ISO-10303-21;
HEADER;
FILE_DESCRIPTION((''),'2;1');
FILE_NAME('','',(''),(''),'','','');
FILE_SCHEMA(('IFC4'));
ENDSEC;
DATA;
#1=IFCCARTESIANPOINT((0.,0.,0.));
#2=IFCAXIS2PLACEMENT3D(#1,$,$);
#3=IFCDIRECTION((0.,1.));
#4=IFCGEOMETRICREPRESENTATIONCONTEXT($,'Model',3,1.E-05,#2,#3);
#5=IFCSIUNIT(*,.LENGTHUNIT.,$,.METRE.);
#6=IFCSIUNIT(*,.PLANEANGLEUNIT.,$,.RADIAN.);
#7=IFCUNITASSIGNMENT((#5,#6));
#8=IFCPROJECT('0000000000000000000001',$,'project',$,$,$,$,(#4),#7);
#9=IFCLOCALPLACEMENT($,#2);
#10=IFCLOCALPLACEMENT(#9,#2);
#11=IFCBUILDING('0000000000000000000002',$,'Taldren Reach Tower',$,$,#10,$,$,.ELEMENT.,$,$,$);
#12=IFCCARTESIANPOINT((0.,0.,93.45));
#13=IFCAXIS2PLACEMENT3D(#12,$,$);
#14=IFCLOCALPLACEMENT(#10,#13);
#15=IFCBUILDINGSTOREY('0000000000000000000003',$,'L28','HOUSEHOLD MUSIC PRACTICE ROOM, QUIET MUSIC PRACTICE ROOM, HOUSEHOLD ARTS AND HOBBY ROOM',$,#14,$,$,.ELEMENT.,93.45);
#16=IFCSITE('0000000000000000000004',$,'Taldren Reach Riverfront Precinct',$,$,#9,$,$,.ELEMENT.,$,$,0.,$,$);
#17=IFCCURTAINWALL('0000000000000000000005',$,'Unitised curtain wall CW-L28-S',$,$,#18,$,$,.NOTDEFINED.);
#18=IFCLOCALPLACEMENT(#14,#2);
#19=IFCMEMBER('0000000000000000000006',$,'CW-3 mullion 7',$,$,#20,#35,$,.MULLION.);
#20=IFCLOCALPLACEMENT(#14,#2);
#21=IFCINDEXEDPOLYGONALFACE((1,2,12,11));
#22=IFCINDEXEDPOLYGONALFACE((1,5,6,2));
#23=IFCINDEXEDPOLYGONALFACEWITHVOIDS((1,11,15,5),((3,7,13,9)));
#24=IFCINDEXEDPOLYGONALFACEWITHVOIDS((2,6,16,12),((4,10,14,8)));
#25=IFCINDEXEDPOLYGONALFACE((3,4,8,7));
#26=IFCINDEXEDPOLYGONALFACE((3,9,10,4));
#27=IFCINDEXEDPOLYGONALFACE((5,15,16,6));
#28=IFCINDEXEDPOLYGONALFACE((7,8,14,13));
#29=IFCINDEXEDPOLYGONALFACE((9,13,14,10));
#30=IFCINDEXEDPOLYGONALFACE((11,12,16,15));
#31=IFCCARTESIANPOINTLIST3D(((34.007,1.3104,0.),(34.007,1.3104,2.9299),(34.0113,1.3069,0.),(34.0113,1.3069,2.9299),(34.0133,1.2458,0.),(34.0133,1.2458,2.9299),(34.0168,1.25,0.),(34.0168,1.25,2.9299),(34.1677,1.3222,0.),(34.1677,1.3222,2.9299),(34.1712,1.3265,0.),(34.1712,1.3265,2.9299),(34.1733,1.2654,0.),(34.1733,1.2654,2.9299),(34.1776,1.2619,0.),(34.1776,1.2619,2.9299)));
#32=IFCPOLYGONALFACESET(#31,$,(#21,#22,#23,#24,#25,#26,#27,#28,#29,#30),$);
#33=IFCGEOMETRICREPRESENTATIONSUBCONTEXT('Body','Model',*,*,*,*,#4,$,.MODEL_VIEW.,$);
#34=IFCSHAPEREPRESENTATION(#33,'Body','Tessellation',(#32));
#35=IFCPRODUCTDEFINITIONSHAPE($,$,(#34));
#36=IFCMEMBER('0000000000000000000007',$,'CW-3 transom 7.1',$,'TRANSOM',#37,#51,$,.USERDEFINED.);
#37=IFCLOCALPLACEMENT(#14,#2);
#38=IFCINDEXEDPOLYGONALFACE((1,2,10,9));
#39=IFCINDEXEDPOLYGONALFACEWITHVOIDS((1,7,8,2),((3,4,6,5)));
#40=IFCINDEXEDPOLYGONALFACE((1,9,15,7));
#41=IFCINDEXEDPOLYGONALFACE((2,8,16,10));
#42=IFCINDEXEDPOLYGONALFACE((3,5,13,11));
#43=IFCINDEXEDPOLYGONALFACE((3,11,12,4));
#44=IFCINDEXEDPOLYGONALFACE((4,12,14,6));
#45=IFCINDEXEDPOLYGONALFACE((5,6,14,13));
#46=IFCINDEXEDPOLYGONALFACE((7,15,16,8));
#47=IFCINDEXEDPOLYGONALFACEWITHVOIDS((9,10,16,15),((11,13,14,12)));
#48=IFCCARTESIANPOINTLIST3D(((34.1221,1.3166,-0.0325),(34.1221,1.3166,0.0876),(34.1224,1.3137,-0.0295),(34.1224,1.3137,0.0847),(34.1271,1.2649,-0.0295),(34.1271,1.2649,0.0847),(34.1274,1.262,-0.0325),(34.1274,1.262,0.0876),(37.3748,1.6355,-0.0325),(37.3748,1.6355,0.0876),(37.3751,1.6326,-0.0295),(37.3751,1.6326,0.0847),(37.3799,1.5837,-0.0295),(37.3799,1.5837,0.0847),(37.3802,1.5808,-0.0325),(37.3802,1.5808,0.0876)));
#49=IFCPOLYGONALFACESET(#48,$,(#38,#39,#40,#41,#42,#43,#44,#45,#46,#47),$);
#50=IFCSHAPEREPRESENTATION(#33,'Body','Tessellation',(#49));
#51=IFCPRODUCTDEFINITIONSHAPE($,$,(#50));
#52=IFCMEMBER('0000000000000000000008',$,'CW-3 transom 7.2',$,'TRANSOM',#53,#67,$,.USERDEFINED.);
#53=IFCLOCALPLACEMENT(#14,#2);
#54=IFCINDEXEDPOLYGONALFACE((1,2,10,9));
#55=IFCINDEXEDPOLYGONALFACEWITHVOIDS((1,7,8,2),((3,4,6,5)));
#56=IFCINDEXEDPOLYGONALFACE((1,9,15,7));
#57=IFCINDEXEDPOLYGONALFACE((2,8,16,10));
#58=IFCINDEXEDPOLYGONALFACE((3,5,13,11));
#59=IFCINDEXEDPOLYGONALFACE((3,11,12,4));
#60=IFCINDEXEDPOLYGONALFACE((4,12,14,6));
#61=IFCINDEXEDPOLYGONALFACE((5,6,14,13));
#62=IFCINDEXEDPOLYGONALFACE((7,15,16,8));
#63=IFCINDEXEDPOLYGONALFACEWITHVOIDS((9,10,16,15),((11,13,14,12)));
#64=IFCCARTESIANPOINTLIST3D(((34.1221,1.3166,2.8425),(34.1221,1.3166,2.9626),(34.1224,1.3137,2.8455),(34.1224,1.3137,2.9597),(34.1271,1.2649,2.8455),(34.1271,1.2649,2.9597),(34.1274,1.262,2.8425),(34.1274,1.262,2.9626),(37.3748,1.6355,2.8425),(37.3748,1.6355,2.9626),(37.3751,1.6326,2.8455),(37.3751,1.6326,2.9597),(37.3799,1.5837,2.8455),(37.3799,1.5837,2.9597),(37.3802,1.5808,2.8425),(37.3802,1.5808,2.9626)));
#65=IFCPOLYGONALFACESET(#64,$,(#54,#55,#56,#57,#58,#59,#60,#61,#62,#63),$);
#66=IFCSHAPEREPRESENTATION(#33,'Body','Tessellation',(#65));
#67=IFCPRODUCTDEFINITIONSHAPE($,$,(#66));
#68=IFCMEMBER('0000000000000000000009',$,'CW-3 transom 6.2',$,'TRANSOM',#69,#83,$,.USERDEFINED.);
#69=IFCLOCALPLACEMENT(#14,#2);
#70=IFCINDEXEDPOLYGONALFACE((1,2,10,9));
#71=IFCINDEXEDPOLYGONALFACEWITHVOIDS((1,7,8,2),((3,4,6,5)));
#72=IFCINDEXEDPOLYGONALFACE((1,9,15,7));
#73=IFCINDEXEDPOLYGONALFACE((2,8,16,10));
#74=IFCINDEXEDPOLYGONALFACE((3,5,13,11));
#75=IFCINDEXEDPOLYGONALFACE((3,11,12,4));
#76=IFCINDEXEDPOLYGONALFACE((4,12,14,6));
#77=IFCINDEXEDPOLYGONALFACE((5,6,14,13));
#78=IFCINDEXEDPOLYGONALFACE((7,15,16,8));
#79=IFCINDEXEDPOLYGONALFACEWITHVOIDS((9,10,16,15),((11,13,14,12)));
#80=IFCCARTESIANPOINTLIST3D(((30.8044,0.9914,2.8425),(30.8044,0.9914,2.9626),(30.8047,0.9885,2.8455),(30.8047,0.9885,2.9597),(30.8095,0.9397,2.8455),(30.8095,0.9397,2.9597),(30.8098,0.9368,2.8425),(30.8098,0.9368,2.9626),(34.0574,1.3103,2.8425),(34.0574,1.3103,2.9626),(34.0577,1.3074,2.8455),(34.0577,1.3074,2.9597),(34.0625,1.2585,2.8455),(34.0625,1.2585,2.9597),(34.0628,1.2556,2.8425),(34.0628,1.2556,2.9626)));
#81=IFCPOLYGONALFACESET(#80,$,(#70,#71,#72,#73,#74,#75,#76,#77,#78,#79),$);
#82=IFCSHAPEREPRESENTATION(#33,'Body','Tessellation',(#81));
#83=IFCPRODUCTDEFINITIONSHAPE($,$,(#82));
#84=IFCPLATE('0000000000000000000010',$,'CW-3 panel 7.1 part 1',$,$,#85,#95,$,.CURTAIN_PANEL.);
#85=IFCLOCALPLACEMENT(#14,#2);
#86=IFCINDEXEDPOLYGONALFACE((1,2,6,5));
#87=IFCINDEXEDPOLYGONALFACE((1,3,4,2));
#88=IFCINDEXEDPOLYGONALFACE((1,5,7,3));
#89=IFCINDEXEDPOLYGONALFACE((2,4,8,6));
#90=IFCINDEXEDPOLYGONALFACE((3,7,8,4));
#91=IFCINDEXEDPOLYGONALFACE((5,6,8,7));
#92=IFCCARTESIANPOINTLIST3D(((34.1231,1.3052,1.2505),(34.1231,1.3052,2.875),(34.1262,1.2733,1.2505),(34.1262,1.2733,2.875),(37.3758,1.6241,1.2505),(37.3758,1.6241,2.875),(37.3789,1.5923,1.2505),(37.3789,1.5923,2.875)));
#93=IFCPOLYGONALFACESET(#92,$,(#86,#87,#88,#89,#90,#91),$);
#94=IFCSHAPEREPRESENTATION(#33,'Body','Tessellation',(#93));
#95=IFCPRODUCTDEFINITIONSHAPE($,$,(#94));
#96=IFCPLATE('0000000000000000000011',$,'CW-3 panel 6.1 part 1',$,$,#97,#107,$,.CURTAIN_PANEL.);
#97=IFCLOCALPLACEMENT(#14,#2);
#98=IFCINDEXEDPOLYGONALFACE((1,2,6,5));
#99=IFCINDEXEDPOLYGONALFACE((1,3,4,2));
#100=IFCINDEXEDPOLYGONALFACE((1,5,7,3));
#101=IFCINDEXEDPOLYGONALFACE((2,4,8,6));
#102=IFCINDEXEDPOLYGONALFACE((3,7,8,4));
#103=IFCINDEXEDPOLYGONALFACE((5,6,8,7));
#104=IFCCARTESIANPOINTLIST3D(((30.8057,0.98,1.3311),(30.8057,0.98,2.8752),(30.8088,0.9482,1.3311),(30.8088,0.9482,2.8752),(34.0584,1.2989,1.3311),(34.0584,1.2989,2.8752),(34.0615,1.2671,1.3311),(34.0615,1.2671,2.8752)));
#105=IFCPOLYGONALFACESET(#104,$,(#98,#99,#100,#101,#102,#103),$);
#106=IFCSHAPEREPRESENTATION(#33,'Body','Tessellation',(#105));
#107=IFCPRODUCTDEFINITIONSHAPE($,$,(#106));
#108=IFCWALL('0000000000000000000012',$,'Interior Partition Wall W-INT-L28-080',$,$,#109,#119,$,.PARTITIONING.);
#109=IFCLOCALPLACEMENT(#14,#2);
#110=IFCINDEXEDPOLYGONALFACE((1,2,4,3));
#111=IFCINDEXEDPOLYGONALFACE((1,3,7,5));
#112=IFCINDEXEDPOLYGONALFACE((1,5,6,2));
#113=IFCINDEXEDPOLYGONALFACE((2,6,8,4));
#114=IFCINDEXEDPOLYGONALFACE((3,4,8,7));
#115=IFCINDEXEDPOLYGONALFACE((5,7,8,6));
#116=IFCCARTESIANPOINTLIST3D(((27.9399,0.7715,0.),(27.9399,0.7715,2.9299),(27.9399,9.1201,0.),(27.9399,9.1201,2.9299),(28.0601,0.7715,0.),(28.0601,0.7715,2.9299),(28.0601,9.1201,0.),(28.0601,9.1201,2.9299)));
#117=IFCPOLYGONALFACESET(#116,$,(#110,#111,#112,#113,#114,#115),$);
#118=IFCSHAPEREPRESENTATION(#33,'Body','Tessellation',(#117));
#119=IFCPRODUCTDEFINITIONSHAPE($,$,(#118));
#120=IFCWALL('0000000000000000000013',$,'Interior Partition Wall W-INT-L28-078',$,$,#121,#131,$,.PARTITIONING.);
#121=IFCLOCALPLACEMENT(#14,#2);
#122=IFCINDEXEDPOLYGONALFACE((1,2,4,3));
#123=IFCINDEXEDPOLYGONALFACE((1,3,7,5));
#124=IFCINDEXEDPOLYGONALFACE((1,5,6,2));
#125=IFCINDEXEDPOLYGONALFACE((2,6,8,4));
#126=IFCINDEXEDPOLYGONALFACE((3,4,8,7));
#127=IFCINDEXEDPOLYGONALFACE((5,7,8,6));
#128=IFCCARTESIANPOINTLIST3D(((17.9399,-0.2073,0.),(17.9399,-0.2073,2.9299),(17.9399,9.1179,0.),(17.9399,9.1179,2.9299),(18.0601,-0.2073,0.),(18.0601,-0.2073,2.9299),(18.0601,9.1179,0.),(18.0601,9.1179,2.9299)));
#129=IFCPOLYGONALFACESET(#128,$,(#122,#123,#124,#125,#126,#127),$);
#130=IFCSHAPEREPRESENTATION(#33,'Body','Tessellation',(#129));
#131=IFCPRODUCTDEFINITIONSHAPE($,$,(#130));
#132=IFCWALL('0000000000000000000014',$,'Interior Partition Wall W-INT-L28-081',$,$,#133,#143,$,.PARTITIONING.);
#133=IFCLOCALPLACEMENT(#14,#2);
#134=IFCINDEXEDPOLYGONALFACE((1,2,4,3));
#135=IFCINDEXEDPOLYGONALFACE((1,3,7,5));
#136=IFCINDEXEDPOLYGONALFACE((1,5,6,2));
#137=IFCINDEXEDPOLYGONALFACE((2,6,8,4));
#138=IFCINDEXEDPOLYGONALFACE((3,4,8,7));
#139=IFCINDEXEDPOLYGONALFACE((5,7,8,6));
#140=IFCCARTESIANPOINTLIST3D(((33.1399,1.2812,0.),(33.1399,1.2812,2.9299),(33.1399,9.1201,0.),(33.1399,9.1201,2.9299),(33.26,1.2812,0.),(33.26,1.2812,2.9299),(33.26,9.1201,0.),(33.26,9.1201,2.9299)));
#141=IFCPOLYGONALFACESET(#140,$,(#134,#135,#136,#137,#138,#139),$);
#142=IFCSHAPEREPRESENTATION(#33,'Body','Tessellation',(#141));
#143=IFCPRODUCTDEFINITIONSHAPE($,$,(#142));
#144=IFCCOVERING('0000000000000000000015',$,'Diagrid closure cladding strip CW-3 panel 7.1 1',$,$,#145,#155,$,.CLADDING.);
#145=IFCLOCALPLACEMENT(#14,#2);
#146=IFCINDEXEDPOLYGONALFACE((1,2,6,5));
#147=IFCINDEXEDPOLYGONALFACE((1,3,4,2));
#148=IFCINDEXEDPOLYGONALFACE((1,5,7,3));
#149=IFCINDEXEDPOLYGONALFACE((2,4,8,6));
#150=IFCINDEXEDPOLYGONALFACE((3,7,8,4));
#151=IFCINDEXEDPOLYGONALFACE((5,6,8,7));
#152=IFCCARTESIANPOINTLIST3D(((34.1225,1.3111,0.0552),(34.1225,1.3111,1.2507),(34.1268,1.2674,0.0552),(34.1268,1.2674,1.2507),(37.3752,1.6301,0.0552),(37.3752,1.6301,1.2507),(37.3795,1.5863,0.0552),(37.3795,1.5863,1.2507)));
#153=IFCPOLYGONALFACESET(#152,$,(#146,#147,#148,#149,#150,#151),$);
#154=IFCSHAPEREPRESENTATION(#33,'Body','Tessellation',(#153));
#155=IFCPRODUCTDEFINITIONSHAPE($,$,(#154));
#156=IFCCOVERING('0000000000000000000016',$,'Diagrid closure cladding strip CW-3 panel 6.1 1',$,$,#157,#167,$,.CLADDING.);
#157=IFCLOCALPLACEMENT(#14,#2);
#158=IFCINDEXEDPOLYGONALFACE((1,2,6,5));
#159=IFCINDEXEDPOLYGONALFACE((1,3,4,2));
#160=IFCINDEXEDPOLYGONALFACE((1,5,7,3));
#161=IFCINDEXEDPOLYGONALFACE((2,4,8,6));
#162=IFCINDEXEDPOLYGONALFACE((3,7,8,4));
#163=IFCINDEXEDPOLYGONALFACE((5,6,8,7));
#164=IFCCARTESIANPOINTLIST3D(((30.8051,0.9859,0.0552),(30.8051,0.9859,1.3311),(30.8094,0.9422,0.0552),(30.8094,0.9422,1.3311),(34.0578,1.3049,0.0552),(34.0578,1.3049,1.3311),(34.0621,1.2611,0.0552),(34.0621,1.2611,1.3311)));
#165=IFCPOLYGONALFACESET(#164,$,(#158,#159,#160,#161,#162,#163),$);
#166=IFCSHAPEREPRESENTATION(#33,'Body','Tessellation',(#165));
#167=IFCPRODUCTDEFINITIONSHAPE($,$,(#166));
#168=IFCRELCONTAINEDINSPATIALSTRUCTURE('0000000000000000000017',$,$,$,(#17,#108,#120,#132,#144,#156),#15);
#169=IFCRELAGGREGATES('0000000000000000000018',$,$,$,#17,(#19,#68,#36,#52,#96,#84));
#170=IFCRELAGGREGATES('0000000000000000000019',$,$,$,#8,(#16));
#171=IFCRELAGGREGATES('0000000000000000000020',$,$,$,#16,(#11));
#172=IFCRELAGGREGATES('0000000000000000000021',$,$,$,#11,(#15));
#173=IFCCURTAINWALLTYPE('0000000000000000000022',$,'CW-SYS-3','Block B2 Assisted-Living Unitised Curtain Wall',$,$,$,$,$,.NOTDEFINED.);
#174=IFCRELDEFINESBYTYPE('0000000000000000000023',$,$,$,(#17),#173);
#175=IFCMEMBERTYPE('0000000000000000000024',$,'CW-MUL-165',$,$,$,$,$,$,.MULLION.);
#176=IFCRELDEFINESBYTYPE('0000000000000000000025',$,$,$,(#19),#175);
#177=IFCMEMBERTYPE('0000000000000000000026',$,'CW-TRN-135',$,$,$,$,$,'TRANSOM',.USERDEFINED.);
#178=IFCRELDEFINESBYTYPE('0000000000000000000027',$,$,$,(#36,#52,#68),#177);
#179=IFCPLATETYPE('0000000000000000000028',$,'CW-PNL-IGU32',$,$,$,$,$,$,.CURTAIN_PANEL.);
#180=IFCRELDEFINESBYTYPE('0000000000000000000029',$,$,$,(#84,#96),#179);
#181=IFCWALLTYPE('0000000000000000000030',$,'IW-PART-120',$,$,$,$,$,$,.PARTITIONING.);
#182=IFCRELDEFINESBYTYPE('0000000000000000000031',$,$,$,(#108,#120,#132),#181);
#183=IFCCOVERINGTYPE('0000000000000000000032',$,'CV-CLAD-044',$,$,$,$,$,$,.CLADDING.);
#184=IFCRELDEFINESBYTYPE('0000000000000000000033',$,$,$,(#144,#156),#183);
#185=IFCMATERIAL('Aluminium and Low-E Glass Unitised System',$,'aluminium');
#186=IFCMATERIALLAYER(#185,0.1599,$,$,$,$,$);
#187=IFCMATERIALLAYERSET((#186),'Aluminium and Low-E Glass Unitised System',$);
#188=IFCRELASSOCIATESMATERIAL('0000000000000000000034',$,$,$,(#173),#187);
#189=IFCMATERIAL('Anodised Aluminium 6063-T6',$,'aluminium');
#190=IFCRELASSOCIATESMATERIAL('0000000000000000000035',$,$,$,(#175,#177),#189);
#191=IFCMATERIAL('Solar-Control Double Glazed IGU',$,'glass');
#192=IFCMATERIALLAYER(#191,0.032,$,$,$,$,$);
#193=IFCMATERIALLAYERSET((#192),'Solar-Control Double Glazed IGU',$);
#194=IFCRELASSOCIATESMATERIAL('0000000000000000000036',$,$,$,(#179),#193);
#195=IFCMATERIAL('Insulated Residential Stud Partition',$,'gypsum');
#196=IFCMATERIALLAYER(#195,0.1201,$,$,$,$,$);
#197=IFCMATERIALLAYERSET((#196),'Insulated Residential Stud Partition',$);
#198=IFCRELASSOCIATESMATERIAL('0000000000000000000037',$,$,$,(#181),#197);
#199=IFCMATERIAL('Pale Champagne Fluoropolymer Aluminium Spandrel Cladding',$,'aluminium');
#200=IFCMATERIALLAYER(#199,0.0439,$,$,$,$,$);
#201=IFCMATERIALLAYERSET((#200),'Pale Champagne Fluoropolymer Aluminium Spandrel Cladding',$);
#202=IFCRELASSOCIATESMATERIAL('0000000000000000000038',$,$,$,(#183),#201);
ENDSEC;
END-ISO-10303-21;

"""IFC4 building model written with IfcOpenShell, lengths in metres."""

from ifc_helpers import new_model, si_unit, direction, frame, frame_2d, origin, origin_2d, place, context, subcontext, project, spatial, rectangle, hollow_rectangle, extrude, source, transform, mapped, material, layer, layer_set, material_profile, profile_set, type_object, element, aggregate, save


model = new_model("IFC4")

# Units and contexts
model_context = context("Model", 3, precision=1e-05, world=origin(), true_north=direction((0.0, 1.0)))
body_context = subcontext(model_context, "Body", "Model", "MODEL_VIEW")
ifc_project = project(units=[si_unit("LENGTHUNIT", "METRE"), si_unit("PLANEANGLEUNIT", "RADIAN")], contexts=[model_context])

# Site, building, storey
site_placement = place(None, origin())
site = spatial("IfcSite", under=ifc_project, at=site_placement, Name="Taldren Reach Riverfront Precinct", CompositionType="ELEMENT", RefElevation=0.0)
building_placement = place(site_placement, origin())
building = spatial("IfcBuilding", under=site, at=building_placement, Name="Taldren Reach Tower", CompositionType="ELEMENT")
storey_placement = place(building_placement, frame((0.0, 0.0, 93.45)))
storey = spatial("IfcBuildingStorey", under=building, at=storey_placement, Name="L28", Description="HOUSEHOLD MUSIC PRACTICE ROOM, QUIET MUSIC PRACTICE ROOM, HOUSEHOLD ARTS AND HOBBY ROOM", CompositionType="ELEMENT", Elevation=93.45)

# Curtain wall, members, plates
ifc_material_1 = material(Name="Aluminium and Low-E Glass Unitised System", Category="aluminium")
ifc_layer_1 = layer(ifc_material_1, 0.1599)
ifc_layer_set_1 = layer_set([ifc_layer_1], Name="Aluminium and Low-E Glass Unitised System")
curtain_wall_type = type_object("IfcCurtainWallType", Name="CW-SYS-3", Description="Block B2 Assisted-Living Unitised Curtain Wall", PredefinedType="NOTDEFINED", material=ifc_layer_set_1)
curtain_wall_placement = place(storey_placement, origin())
curtain_wall = element("IfcCurtainWall", 1, at=curtain_wall_placement, inside=storey, type_object=curtain_wall_type, Name="Unitised curtain wall CW-L28-S", PredefinedType="NOTDEFINED")
ifc_material_2 = material(Name="Anodised Aluminium 6063-T6", Category="aluminium")
ifc_material_profile_1 = material_profile(ifc_material_2, hollow_rectangle(XDim=0.0649, YDim=0.165, WallThickness=0.0039, at=origin_2d()), Name="ALU-165x65x4RHS")
ifc_profile_set_1 = profile_set([ifc_material_profile_1], Name="Anodised Aluminium 6063-T6")
member_type_1 = type_object("IfcMemberType", Name="CW-MUL-165", PredefinedType="MULLION", material=ifc_profile_set_1)
shared_shape_1 = source(origin(), body_context, "Body", "SweptSolid", [
    extrude(hollow_rectangle(XDim=0.0649, YDim=0.165, WallThickness=0.0039, at=origin_2d()), origin(), (0.0, 0.0, 1.0), 2.9299),
])
member_1_placement = place(storey_placement, frame((34.0923, 1.2861, 0.0), z_axis=(0.0, 0.0, 1.0), x_axis=(-0.097583, 0.995227, 0.0)))
member_1 = element("IfcMember", 2, at=member_1_placement, type_object=member_type_1, Name="CW-3 mullion 7", PredefinedType="MULLION", context=body_context, shape_type="MappedRepresentation", body=[
    mapped(shared_shape_1, transform((0.0, 0.0, 0.0), scale=1.0)),
])
ifc_material_profile_2 = material_profile(ifc_material_2, hollow_rectangle(XDim=0.0549, YDim=0.1201, WallThickness=0.0029, at=origin_2d()), Name="ALU-120x55x3RHS")
ifc_profile_set_2 = profile_set([ifc_material_profile_2], Name="Anodised Aluminium 6063-T6")
member_type_2 = type_object("IfcMemberType", Name="CW-TRN-135", ElementType="TRANSOM", PredefinedType="USERDEFINED", material=ifc_profile_set_2)
shared_shape_2 = source(origin(), body_context, "Body", "SweptSolid", [
    extrude(hollow_rectangle(XDim=0.0549, YDim=0.1201, WallThickness=0.0029, at=origin_2d()), origin(), (0.0, 0.0, 1.0), 3.2683),
])
member_2_placement = place(storey_placement, frame((34.1248, 1.2893, 0.0276), z_axis=(0.99523, 0.097558, 0.0), x_axis=(-0.097558, 0.99523, 0.0)))
member_2 = element("IfcMember", 3, at=member_2_placement, type_object=member_type_2, Name="CW-3 transom 7.1", ObjectType="TRANSOM", PredefinedType="USERDEFINED", context=body_context, shape_type="MappedRepresentation", body=[
    mapped(shared_shape_2, transform((0.0, 0.0, 0.0), scale=1.0)),
])
member_3_placement = place(storey_placement, frame((34.1248, 1.2893, 2.9026), z_axis=(0.99523, 0.097558, 0.0), x_axis=(-0.097558, 0.99523, 0.0)))
member_3 = element("IfcMember", 4, at=member_3_placement, type_object=member_type_2, Name="CW-3 transom 7.2", ObjectType="TRANSOM", PredefinedType="USERDEFINED", context=body_context, shape_type="MappedRepresentation", body=[
    mapped(shared_shape_2, transform((0.0, 0.0, 0.0), scale=1.0)),
])
shared_shape_3 = source(origin(), body_context, "Body", "SweptSolid", [
    extrude(hollow_rectangle(XDim=0.0549, YDim=0.1201, WallThickness=0.0029, at=origin_2d()), origin(), (0.0, 0.0, 1.0), 3.2686),
])
member_4_placement = place(storey_placement, frame((30.8071, 0.9641, 2.9026), z_axis=(0.995231, 0.097551, 0.0), x_axis=(-0.097551, 0.995231, 0.0)))
member_4 = element("IfcMember", 5, at=member_4_placement, type_object=member_type_2, Name="CW-3 transom 6.2", ObjectType="TRANSOM", PredefinedType="USERDEFINED", context=body_context, shape_type="MappedRepresentation", body=[
    mapped(shared_shape_3, transform((0.0, 0.0, 0.0), scale=1.0)),
])
ifc_material_3 = material(Name="Solar-Control Double Glazed IGU", Category="glass")
ifc_layer_2 = layer(ifc_material_3, 0.032)
ifc_layer_set_2 = layer_set([ifc_layer_2], Name="Solar-Control Double Glazed IGU")
plate_type = type_object("IfcPlateType", Name="CW-PNL-IGU32", PredefinedType="CURTAIN_PANEL", material=ifc_layer_set_2)
shared_shape_4 = source(origin(), body_context, "Body", "SweptSolid", [
    extrude(rectangle(XDim=3.2683, YDim=0.032, at=origin_2d()), origin(), (0.0, 0.0, 1.0), 1.6245),
])
plate_1_placement = place(storey_placement, frame((35.751, 1.4487, 1.2505), z_axis=(0.0, 0.0, 1.0), x_axis=(0.995227, 0.097583, 0.0)))
plate_1 = element("IfcPlate", 6, at=plate_1_placement, type_object=plate_type, Name="CW-3 panel 7.1 part 1", PredefinedType="CURTAIN_PANEL", context=body_context, shape_type="MappedRepresentation", body=[
    mapped(shared_shape_4, transform((0.0, 0.0, 0.0), scale=1.0)),
])
shared_shape_5 = source(origin(), body_context, "Body", "SweptSolid", [
    extrude(rectangle(XDim=3.2683, YDim=0.032, at=origin_2d()), origin(), (0.0, 0.0, 1.0), 1.5442),
])
plate_2_placement = place(storey_placement, frame((32.4336, 1.1235, 1.3311), z_axis=(0.0, 0.0, 1.0), x_axis=(0.995227, 0.097583, 0.0)))
plate_2 = element("IfcPlate", 7, at=plate_2_placement, type_object=plate_type, Name="CW-3 panel 6.1 part 1", PredefinedType="CURTAIN_PANEL", context=body_context, shape_type="MappedRepresentation", body=[
    mapped(shared_shape_5, transform((0.0, 0.0, 0.0), scale=1.0)),
])
aggregate(curtain_wall, [member_1, member_4, member_2, member_3, plate_2, plate_1])

# Walls
ifc_material_4 = material(Name="Insulated Residential Stud Partition", Category="gypsum")
ifc_layer_3 = layer(ifc_material_4, 0.1201)
ifc_layer_set_3 = layer_set([ifc_layer_3], Name="Insulated Residential Stud Partition")
wall_type = type_object("IfcWallType", Name="IW-PART-120", PredefinedType="PARTITIONING", material=ifc_layer_set_3)
shared_shape_6 = source(origin(), body_context, "Body", "SweptSolid", [
    extrude(rectangle(XDim=8.3486, YDim=0.1201, at=frame_2d((4.1743, 0.0))), origin(), (0.0, 0.0, 1.0), 2.9299),
])
wall_1_placement = place(storey_placement, frame((28.0, 9.1201, 0.0), z_axis=(0.0, 0.0, 1.0), x_axis=(0.0, -1.0, 0.0)))
element("IfcWall", 8, at=wall_1_placement, inside=storey, type_object=wall_type, Name="Interior Partition Wall W-INT-L28-080", PredefinedType="PARTITIONING", context=body_context, shape_type="MappedRepresentation", body=[
    mapped(shared_shape_6, transform((0.0, 0.0, 0.0), scale=1.0)),
])
shared_shape_7 = source(origin(), body_context, "Body", "SweptSolid", [
    extrude(rectangle(XDim=9.3252, YDim=0.1201, at=frame_2d((4.6626, 0.0))), origin(), (0.0, 0.0, 1.0), 2.9299),
])
wall_2_placement = place(storey_placement, frame((18.0, 9.1179, 0.0), z_axis=(0.0, 0.0, 1.0), x_axis=(0.0, -1.0, 0.0)))
element("IfcWall", 9, at=wall_2_placement, inside=storey, type_object=wall_type, Name="Interior Partition Wall W-INT-L28-078", PredefinedType="PARTITIONING", context=body_context, shape_type="MappedRepresentation", body=[
    mapped(shared_shape_7, transform((0.0, 0.0, 0.0), scale=1.0)),
])
shared_shape_8 = source(origin(), body_context, "Body", "SweptSolid", [
    extrude(rectangle(XDim=7.8389, YDim=0.1201, at=frame_2d((3.9194, 0.0))), origin(), (0.0, 0.0, 1.0), 2.9299),
])
wall_3_placement = place(storey_placement, frame((33.2, 9.1201, 0.0), z_axis=(0.0, 0.0, 1.0), x_axis=(0.0, -1.0, 0.0)))
element("IfcWall", 10, at=wall_3_placement, inside=storey, type_object=wall_type, Name="Interior Partition Wall W-INT-L28-081", PredefinedType="PARTITIONING", context=body_context, shape_type="MappedRepresentation", body=[
    mapped(shared_shape_8, transform((0.0, 0.0, 0.0), scale=1.0)),
])

# Coverings
ifc_material_5 = material(Name="Pale Champagne Fluoropolymer Aluminium Spandrel Cladding", Category="aluminium")
ifc_layer_4 = layer(ifc_material_5, 0.0439)
ifc_layer_set_4 = layer_set([ifc_layer_4], Name="Pale Champagne Fluoropolymer Aluminium Spandrel Cladding")
covering_type = type_object("IfcCoveringType", Name="CV-CLAD-044", PredefinedType="CLADDING", material=ifc_layer_set_4)
shared_shape_9 = source(origin(), body_context, "Body", "SweptSolid", [
    extrude(rectangle(XDim=3.2683, YDim=0.0439, at=origin_2d()), origin(), (0.0, 0.0, 1.0), 1.1956),
])
covering_1_placement = place(storey_placement, frame((35.751, 1.4487, 0.0552), z_axis=(0.0, 0.0, 1.0), x_axis=(0.995227, 0.097583, 0.0)))
element("IfcCovering", 11, at=covering_1_placement, inside=storey, type_object=covering_type, Name="Diagrid closure cladding strip CW-3 panel 7.1 1", PredefinedType="CLADDING", context=body_context, shape_type="MappedRepresentation", body=[
    mapped(shared_shape_9, transform((0.0, 0.0, 0.0), scale=1.0)),
])
shared_shape_10 = source(origin(), body_context, "Body", "SweptSolid", [
    extrude(rectangle(XDim=3.2683, YDim=0.0439, at=origin_2d()), origin(), (0.0, 0.0, 1.0), 1.2759),
])
covering_2_placement = place(storey_placement, frame((32.4336, 1.1235, 0.0552), z_axis=(0.0, 0.0, 1.0), x_axis=(0.995227, 0.097583, 0.0)))
element("IfcCovering", 12, at=covering_2_placement, inside=storey, type_object=covering_type, Name="Diagrid closure cladding strip CW-3 panel 6.1 1", PredefinedType="CLADDING", context=body_context, shape_type="MappedRepresentation", body=[
    mapped(shared_shape_10, transform((0.0, 0.0, 0.0), scale=1.0)),
])

save(model, "model.ifc")
